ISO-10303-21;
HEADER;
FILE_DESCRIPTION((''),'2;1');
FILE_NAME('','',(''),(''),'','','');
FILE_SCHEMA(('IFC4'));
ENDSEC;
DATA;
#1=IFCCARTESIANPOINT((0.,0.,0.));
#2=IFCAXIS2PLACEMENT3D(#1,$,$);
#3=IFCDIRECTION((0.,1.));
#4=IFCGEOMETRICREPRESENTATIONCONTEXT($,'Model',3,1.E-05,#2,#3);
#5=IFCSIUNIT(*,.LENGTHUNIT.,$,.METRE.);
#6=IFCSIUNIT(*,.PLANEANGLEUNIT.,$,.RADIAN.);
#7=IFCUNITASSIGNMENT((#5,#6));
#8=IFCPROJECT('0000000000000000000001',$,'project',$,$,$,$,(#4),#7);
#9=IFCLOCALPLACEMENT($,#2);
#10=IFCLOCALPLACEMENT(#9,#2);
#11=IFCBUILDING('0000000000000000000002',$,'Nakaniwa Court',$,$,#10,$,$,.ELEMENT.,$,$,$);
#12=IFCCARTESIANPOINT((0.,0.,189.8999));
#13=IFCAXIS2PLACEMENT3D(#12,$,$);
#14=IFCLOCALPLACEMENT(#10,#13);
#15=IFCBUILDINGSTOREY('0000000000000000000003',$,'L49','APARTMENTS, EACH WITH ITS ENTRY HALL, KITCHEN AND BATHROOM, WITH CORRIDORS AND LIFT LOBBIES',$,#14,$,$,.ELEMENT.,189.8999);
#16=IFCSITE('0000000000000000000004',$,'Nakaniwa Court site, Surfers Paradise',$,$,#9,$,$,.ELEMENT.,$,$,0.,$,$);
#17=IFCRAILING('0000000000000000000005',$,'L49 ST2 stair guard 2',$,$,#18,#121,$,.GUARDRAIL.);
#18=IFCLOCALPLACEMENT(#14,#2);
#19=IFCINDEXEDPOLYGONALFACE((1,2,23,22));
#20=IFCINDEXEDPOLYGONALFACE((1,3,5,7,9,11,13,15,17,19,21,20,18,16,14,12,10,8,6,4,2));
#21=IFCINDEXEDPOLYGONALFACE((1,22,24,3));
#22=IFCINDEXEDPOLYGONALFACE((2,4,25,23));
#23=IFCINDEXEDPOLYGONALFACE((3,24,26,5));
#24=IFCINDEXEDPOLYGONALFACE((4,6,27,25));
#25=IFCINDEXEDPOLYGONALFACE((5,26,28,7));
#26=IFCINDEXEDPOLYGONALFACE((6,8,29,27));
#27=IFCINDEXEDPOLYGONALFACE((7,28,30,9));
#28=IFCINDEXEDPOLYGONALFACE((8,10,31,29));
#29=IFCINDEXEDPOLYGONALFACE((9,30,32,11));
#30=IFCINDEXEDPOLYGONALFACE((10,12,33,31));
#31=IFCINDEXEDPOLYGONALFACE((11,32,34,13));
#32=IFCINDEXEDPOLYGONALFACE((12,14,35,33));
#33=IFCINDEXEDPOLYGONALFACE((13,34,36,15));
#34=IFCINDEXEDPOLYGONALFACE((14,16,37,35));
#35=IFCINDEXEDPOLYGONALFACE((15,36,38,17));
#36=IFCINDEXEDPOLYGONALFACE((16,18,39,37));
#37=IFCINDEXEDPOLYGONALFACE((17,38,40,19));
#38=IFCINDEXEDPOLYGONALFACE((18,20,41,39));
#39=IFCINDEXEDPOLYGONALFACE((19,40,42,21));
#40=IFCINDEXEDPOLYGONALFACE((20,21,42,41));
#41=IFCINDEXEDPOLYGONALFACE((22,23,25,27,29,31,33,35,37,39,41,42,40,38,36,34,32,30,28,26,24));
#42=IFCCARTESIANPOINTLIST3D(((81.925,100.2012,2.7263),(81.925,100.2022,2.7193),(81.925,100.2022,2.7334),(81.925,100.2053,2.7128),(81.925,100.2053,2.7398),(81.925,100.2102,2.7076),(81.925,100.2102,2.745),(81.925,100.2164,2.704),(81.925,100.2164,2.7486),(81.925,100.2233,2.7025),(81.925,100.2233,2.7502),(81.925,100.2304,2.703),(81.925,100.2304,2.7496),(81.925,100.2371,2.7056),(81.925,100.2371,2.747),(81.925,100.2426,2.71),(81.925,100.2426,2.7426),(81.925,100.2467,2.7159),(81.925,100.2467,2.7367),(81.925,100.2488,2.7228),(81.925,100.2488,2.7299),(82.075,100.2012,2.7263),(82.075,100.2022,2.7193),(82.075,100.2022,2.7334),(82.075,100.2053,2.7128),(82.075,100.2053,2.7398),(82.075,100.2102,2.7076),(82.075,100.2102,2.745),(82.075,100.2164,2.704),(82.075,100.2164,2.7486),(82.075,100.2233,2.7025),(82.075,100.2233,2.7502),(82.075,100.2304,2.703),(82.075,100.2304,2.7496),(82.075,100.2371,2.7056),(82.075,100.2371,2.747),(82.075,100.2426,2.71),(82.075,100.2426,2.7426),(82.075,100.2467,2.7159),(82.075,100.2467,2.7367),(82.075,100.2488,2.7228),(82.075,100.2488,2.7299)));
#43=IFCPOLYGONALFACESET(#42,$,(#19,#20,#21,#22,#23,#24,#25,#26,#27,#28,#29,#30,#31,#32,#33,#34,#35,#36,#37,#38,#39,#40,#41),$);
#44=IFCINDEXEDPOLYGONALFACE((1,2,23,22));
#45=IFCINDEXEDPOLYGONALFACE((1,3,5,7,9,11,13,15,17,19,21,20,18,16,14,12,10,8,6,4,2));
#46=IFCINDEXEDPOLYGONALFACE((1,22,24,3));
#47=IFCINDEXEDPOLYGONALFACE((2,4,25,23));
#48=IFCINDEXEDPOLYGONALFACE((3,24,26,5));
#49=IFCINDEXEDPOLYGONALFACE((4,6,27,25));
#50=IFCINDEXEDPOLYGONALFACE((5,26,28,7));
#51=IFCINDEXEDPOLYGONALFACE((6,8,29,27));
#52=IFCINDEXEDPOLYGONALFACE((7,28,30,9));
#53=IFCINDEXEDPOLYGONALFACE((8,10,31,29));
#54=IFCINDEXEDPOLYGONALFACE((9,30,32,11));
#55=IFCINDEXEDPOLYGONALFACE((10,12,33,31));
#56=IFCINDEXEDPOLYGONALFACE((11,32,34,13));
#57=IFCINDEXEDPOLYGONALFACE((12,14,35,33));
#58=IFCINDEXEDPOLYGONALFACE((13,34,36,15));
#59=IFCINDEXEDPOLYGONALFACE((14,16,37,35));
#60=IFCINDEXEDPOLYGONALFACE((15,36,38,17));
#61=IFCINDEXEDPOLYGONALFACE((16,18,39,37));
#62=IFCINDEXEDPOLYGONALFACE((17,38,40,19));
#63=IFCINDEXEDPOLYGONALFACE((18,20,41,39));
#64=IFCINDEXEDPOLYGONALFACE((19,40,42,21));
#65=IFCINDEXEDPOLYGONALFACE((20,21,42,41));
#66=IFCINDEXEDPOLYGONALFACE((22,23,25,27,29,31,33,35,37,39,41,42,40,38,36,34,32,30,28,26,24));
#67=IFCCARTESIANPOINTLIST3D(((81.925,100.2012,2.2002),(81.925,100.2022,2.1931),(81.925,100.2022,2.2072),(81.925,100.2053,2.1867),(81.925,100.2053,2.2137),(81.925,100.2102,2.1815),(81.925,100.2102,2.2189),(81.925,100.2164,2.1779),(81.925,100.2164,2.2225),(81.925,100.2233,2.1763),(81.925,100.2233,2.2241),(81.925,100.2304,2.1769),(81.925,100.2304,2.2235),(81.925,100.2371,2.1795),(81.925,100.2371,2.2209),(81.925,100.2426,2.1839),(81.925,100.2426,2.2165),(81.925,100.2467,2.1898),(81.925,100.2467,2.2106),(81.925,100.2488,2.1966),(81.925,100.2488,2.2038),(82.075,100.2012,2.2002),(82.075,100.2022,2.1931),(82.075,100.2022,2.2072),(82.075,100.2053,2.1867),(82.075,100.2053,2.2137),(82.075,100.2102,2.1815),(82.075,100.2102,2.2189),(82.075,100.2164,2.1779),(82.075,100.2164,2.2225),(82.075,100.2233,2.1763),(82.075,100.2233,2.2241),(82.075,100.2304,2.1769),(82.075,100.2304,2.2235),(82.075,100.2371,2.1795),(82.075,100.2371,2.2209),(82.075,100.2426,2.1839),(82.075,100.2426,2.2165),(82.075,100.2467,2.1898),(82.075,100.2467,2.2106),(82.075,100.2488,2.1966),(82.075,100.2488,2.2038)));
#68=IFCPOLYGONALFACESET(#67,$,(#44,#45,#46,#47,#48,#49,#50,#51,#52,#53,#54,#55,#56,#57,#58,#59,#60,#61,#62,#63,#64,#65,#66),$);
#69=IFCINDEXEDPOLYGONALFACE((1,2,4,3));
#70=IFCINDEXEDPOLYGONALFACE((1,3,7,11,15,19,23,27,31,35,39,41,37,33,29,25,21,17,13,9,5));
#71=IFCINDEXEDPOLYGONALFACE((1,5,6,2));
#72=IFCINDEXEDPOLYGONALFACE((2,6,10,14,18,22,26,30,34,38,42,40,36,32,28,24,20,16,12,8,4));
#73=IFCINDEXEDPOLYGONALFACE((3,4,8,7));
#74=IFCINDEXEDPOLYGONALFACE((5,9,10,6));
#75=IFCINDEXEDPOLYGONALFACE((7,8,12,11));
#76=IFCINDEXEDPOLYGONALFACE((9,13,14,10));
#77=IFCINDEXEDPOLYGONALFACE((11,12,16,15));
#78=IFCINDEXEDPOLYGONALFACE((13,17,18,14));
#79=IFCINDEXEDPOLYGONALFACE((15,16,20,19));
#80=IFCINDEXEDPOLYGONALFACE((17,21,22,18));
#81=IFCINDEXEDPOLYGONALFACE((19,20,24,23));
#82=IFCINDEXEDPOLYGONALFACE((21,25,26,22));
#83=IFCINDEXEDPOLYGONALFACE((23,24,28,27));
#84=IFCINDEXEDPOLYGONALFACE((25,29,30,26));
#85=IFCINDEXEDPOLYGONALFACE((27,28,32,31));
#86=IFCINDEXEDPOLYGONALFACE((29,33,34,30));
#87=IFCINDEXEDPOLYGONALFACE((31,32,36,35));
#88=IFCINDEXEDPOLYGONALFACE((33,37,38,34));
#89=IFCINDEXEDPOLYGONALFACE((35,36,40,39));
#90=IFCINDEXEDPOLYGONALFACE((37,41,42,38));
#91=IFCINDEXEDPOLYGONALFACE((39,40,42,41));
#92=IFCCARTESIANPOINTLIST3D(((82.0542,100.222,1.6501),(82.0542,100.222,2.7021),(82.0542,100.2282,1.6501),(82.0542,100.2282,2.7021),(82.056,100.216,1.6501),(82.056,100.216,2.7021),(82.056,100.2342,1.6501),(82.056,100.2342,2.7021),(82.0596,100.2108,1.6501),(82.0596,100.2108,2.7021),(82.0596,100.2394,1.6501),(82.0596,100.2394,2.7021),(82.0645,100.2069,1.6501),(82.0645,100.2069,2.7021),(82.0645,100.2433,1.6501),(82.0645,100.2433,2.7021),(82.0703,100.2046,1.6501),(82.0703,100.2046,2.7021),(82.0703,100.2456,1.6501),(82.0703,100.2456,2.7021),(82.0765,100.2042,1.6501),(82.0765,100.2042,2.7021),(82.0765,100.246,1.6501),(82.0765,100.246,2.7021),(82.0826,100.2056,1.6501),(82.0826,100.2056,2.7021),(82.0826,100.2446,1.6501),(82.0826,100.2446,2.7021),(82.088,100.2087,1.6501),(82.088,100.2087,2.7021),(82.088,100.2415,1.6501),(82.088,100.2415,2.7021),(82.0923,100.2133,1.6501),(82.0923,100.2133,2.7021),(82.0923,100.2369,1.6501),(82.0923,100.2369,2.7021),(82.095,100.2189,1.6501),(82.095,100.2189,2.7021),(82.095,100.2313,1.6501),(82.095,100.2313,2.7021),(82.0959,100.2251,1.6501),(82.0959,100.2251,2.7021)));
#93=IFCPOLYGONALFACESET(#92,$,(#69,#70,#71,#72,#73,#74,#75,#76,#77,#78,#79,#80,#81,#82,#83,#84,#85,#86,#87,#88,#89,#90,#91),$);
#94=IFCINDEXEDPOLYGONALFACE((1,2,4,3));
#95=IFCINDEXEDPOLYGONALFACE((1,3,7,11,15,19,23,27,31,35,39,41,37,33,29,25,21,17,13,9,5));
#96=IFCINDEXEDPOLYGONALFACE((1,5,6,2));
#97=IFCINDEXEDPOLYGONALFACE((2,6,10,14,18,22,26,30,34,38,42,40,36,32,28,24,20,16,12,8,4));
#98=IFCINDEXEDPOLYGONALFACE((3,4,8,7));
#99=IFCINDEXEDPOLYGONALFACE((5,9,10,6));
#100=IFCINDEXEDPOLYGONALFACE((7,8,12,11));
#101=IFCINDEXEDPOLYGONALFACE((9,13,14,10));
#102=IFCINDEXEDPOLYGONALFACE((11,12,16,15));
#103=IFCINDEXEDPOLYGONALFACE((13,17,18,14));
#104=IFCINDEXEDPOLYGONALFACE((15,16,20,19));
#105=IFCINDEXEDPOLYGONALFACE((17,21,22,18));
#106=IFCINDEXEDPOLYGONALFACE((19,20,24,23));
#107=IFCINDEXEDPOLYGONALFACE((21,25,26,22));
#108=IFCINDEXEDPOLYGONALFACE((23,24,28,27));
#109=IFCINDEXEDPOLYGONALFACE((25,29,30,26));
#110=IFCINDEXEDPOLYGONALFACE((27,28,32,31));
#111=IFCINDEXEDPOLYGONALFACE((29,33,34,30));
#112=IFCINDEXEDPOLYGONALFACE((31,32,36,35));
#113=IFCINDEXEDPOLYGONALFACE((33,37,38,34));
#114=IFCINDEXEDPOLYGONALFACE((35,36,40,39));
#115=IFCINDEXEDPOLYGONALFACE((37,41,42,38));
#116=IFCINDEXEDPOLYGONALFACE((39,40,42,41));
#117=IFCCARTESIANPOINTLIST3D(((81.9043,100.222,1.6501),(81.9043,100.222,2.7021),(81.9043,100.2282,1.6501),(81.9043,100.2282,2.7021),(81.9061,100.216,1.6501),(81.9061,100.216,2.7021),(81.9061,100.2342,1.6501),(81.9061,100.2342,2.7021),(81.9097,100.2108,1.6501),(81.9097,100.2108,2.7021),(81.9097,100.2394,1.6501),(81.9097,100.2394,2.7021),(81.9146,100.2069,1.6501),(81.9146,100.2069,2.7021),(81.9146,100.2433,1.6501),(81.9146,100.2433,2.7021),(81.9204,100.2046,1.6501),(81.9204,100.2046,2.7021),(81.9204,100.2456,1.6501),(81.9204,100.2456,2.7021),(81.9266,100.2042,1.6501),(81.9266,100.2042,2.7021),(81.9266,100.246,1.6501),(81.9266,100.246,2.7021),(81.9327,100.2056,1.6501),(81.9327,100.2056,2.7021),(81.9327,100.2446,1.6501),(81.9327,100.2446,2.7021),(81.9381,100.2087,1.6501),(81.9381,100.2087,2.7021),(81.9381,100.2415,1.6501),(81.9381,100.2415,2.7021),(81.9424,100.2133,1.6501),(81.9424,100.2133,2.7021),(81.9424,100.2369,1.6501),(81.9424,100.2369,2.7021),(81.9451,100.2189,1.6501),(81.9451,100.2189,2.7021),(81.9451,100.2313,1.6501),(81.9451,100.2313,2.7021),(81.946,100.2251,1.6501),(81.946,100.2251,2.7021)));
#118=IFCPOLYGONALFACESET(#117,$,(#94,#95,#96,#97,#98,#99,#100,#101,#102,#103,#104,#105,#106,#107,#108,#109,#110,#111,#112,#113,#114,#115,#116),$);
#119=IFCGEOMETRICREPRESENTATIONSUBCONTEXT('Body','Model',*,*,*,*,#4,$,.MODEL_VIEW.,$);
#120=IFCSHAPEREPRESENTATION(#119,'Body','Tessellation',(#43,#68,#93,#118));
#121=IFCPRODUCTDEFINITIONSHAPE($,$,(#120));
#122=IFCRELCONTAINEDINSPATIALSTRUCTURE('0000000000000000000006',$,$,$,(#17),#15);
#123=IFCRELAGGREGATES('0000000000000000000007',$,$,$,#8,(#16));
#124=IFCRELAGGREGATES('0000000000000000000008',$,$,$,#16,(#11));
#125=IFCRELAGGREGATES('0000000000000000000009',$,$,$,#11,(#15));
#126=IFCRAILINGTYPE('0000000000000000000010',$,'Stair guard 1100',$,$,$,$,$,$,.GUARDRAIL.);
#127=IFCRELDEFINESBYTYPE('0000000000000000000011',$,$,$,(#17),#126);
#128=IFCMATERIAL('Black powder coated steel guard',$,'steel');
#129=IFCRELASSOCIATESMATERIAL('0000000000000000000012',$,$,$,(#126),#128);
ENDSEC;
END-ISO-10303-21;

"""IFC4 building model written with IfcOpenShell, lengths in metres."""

from ifc_helpers import new_model, si_unit, direction, frame, origin, origin_2d, place, context, subcontext, project, spatial, circle, extrude, material, type_object, element, save


model = new_model("IFC4")

# Units and contexts
model_context = context("Model", 3, precision=1e-05, world=origin(), true_north=direction((0.0, 1.0)))
body_context = subcontext(model_context, "Body", "Model", "MODEL_VIEW")
ifc_project = project(units=[si_unit("LENGTHUNIT", "METRE"), si_unit("PLANEANGLEUNIT", "RADIAN")], contexts=[model_context])

# Site, building, storey
site_placement = place(None, origin())
site = spatial("IfcSite", under=ifc_project, at=site_placement, Name="Nakaniwa Court site, Surfers Paradise", CompositionType="ELEMENT", RefElevation=0.0)
building_placement = place(site_placement, origin())
building = spatial("IfcBuilding", under=site, at=building_placement, Name="Nakaniwa Court", CompositionType="ELEMENT")
storey_placement = place(building_placement, frame((0.0, 0.0, 189.8999)))
storey = spatial("IfcBuildingStorey", under=building, at=storey_placement, Name="L49", Description="APARTMENTS, EACH WITH ITS ENTRY HALL, KITCHEN AND BATHROOM, WITH CORRIDORS AND LIFT LOBBIES", CompositionType="ELEMENT", Elevation=189.8999)

# Railing
ifc_material_1 = material(Name="Black powder coated steel guard", Category="steel")
railing_type_1 = type_object("IfcRailingType", Name="Stair guard 1100", PredefinedType="GUARDRAIL", material=ifc_material_1)
railing_1_placement = place(storey_placement, frame((82.075, 100.2251, 1.6501)))
element("IfcRailing", 1, at=railing_1_placement, inside=storey, type_object=railing_type_1, Name="L49 ST2 stair guard 2", PredefinedType="GUARDRAIL", context=body_context, shape_type="SweptSolid", body=[
    extrude(circle(Radius=0.0239, at=origin_2d()), frame((0.0, 0.0, 1.0762), z_axis=(-1.0, 0.0, 0.0), x_axis=(0.0, -1.0, 0.0)), (0.0, 0.0, 1.0), 0.1499),
    extrude(circle(Radius=0.0239, at=origin_2d()), frame((0.0, 0.0, 0.55), z_axis=(-1.0, 0.0, 0.0), x_axis=(0.0, -1.0, 0.0)), (0.0, 0.0, 1.0), 0.1499),
    extrude(circle(Radius=0.021, at=origin_2d()), origin(), (0.0, 0.0, 1.0), 1.052),
    extrude(circle(Radius=0.021, at=origin_2d()), frame((-0.1499, 0.0, 0.0)), (0.0, 0.0, 1.0), 1.052),
])

save(model, "model.ifc")
